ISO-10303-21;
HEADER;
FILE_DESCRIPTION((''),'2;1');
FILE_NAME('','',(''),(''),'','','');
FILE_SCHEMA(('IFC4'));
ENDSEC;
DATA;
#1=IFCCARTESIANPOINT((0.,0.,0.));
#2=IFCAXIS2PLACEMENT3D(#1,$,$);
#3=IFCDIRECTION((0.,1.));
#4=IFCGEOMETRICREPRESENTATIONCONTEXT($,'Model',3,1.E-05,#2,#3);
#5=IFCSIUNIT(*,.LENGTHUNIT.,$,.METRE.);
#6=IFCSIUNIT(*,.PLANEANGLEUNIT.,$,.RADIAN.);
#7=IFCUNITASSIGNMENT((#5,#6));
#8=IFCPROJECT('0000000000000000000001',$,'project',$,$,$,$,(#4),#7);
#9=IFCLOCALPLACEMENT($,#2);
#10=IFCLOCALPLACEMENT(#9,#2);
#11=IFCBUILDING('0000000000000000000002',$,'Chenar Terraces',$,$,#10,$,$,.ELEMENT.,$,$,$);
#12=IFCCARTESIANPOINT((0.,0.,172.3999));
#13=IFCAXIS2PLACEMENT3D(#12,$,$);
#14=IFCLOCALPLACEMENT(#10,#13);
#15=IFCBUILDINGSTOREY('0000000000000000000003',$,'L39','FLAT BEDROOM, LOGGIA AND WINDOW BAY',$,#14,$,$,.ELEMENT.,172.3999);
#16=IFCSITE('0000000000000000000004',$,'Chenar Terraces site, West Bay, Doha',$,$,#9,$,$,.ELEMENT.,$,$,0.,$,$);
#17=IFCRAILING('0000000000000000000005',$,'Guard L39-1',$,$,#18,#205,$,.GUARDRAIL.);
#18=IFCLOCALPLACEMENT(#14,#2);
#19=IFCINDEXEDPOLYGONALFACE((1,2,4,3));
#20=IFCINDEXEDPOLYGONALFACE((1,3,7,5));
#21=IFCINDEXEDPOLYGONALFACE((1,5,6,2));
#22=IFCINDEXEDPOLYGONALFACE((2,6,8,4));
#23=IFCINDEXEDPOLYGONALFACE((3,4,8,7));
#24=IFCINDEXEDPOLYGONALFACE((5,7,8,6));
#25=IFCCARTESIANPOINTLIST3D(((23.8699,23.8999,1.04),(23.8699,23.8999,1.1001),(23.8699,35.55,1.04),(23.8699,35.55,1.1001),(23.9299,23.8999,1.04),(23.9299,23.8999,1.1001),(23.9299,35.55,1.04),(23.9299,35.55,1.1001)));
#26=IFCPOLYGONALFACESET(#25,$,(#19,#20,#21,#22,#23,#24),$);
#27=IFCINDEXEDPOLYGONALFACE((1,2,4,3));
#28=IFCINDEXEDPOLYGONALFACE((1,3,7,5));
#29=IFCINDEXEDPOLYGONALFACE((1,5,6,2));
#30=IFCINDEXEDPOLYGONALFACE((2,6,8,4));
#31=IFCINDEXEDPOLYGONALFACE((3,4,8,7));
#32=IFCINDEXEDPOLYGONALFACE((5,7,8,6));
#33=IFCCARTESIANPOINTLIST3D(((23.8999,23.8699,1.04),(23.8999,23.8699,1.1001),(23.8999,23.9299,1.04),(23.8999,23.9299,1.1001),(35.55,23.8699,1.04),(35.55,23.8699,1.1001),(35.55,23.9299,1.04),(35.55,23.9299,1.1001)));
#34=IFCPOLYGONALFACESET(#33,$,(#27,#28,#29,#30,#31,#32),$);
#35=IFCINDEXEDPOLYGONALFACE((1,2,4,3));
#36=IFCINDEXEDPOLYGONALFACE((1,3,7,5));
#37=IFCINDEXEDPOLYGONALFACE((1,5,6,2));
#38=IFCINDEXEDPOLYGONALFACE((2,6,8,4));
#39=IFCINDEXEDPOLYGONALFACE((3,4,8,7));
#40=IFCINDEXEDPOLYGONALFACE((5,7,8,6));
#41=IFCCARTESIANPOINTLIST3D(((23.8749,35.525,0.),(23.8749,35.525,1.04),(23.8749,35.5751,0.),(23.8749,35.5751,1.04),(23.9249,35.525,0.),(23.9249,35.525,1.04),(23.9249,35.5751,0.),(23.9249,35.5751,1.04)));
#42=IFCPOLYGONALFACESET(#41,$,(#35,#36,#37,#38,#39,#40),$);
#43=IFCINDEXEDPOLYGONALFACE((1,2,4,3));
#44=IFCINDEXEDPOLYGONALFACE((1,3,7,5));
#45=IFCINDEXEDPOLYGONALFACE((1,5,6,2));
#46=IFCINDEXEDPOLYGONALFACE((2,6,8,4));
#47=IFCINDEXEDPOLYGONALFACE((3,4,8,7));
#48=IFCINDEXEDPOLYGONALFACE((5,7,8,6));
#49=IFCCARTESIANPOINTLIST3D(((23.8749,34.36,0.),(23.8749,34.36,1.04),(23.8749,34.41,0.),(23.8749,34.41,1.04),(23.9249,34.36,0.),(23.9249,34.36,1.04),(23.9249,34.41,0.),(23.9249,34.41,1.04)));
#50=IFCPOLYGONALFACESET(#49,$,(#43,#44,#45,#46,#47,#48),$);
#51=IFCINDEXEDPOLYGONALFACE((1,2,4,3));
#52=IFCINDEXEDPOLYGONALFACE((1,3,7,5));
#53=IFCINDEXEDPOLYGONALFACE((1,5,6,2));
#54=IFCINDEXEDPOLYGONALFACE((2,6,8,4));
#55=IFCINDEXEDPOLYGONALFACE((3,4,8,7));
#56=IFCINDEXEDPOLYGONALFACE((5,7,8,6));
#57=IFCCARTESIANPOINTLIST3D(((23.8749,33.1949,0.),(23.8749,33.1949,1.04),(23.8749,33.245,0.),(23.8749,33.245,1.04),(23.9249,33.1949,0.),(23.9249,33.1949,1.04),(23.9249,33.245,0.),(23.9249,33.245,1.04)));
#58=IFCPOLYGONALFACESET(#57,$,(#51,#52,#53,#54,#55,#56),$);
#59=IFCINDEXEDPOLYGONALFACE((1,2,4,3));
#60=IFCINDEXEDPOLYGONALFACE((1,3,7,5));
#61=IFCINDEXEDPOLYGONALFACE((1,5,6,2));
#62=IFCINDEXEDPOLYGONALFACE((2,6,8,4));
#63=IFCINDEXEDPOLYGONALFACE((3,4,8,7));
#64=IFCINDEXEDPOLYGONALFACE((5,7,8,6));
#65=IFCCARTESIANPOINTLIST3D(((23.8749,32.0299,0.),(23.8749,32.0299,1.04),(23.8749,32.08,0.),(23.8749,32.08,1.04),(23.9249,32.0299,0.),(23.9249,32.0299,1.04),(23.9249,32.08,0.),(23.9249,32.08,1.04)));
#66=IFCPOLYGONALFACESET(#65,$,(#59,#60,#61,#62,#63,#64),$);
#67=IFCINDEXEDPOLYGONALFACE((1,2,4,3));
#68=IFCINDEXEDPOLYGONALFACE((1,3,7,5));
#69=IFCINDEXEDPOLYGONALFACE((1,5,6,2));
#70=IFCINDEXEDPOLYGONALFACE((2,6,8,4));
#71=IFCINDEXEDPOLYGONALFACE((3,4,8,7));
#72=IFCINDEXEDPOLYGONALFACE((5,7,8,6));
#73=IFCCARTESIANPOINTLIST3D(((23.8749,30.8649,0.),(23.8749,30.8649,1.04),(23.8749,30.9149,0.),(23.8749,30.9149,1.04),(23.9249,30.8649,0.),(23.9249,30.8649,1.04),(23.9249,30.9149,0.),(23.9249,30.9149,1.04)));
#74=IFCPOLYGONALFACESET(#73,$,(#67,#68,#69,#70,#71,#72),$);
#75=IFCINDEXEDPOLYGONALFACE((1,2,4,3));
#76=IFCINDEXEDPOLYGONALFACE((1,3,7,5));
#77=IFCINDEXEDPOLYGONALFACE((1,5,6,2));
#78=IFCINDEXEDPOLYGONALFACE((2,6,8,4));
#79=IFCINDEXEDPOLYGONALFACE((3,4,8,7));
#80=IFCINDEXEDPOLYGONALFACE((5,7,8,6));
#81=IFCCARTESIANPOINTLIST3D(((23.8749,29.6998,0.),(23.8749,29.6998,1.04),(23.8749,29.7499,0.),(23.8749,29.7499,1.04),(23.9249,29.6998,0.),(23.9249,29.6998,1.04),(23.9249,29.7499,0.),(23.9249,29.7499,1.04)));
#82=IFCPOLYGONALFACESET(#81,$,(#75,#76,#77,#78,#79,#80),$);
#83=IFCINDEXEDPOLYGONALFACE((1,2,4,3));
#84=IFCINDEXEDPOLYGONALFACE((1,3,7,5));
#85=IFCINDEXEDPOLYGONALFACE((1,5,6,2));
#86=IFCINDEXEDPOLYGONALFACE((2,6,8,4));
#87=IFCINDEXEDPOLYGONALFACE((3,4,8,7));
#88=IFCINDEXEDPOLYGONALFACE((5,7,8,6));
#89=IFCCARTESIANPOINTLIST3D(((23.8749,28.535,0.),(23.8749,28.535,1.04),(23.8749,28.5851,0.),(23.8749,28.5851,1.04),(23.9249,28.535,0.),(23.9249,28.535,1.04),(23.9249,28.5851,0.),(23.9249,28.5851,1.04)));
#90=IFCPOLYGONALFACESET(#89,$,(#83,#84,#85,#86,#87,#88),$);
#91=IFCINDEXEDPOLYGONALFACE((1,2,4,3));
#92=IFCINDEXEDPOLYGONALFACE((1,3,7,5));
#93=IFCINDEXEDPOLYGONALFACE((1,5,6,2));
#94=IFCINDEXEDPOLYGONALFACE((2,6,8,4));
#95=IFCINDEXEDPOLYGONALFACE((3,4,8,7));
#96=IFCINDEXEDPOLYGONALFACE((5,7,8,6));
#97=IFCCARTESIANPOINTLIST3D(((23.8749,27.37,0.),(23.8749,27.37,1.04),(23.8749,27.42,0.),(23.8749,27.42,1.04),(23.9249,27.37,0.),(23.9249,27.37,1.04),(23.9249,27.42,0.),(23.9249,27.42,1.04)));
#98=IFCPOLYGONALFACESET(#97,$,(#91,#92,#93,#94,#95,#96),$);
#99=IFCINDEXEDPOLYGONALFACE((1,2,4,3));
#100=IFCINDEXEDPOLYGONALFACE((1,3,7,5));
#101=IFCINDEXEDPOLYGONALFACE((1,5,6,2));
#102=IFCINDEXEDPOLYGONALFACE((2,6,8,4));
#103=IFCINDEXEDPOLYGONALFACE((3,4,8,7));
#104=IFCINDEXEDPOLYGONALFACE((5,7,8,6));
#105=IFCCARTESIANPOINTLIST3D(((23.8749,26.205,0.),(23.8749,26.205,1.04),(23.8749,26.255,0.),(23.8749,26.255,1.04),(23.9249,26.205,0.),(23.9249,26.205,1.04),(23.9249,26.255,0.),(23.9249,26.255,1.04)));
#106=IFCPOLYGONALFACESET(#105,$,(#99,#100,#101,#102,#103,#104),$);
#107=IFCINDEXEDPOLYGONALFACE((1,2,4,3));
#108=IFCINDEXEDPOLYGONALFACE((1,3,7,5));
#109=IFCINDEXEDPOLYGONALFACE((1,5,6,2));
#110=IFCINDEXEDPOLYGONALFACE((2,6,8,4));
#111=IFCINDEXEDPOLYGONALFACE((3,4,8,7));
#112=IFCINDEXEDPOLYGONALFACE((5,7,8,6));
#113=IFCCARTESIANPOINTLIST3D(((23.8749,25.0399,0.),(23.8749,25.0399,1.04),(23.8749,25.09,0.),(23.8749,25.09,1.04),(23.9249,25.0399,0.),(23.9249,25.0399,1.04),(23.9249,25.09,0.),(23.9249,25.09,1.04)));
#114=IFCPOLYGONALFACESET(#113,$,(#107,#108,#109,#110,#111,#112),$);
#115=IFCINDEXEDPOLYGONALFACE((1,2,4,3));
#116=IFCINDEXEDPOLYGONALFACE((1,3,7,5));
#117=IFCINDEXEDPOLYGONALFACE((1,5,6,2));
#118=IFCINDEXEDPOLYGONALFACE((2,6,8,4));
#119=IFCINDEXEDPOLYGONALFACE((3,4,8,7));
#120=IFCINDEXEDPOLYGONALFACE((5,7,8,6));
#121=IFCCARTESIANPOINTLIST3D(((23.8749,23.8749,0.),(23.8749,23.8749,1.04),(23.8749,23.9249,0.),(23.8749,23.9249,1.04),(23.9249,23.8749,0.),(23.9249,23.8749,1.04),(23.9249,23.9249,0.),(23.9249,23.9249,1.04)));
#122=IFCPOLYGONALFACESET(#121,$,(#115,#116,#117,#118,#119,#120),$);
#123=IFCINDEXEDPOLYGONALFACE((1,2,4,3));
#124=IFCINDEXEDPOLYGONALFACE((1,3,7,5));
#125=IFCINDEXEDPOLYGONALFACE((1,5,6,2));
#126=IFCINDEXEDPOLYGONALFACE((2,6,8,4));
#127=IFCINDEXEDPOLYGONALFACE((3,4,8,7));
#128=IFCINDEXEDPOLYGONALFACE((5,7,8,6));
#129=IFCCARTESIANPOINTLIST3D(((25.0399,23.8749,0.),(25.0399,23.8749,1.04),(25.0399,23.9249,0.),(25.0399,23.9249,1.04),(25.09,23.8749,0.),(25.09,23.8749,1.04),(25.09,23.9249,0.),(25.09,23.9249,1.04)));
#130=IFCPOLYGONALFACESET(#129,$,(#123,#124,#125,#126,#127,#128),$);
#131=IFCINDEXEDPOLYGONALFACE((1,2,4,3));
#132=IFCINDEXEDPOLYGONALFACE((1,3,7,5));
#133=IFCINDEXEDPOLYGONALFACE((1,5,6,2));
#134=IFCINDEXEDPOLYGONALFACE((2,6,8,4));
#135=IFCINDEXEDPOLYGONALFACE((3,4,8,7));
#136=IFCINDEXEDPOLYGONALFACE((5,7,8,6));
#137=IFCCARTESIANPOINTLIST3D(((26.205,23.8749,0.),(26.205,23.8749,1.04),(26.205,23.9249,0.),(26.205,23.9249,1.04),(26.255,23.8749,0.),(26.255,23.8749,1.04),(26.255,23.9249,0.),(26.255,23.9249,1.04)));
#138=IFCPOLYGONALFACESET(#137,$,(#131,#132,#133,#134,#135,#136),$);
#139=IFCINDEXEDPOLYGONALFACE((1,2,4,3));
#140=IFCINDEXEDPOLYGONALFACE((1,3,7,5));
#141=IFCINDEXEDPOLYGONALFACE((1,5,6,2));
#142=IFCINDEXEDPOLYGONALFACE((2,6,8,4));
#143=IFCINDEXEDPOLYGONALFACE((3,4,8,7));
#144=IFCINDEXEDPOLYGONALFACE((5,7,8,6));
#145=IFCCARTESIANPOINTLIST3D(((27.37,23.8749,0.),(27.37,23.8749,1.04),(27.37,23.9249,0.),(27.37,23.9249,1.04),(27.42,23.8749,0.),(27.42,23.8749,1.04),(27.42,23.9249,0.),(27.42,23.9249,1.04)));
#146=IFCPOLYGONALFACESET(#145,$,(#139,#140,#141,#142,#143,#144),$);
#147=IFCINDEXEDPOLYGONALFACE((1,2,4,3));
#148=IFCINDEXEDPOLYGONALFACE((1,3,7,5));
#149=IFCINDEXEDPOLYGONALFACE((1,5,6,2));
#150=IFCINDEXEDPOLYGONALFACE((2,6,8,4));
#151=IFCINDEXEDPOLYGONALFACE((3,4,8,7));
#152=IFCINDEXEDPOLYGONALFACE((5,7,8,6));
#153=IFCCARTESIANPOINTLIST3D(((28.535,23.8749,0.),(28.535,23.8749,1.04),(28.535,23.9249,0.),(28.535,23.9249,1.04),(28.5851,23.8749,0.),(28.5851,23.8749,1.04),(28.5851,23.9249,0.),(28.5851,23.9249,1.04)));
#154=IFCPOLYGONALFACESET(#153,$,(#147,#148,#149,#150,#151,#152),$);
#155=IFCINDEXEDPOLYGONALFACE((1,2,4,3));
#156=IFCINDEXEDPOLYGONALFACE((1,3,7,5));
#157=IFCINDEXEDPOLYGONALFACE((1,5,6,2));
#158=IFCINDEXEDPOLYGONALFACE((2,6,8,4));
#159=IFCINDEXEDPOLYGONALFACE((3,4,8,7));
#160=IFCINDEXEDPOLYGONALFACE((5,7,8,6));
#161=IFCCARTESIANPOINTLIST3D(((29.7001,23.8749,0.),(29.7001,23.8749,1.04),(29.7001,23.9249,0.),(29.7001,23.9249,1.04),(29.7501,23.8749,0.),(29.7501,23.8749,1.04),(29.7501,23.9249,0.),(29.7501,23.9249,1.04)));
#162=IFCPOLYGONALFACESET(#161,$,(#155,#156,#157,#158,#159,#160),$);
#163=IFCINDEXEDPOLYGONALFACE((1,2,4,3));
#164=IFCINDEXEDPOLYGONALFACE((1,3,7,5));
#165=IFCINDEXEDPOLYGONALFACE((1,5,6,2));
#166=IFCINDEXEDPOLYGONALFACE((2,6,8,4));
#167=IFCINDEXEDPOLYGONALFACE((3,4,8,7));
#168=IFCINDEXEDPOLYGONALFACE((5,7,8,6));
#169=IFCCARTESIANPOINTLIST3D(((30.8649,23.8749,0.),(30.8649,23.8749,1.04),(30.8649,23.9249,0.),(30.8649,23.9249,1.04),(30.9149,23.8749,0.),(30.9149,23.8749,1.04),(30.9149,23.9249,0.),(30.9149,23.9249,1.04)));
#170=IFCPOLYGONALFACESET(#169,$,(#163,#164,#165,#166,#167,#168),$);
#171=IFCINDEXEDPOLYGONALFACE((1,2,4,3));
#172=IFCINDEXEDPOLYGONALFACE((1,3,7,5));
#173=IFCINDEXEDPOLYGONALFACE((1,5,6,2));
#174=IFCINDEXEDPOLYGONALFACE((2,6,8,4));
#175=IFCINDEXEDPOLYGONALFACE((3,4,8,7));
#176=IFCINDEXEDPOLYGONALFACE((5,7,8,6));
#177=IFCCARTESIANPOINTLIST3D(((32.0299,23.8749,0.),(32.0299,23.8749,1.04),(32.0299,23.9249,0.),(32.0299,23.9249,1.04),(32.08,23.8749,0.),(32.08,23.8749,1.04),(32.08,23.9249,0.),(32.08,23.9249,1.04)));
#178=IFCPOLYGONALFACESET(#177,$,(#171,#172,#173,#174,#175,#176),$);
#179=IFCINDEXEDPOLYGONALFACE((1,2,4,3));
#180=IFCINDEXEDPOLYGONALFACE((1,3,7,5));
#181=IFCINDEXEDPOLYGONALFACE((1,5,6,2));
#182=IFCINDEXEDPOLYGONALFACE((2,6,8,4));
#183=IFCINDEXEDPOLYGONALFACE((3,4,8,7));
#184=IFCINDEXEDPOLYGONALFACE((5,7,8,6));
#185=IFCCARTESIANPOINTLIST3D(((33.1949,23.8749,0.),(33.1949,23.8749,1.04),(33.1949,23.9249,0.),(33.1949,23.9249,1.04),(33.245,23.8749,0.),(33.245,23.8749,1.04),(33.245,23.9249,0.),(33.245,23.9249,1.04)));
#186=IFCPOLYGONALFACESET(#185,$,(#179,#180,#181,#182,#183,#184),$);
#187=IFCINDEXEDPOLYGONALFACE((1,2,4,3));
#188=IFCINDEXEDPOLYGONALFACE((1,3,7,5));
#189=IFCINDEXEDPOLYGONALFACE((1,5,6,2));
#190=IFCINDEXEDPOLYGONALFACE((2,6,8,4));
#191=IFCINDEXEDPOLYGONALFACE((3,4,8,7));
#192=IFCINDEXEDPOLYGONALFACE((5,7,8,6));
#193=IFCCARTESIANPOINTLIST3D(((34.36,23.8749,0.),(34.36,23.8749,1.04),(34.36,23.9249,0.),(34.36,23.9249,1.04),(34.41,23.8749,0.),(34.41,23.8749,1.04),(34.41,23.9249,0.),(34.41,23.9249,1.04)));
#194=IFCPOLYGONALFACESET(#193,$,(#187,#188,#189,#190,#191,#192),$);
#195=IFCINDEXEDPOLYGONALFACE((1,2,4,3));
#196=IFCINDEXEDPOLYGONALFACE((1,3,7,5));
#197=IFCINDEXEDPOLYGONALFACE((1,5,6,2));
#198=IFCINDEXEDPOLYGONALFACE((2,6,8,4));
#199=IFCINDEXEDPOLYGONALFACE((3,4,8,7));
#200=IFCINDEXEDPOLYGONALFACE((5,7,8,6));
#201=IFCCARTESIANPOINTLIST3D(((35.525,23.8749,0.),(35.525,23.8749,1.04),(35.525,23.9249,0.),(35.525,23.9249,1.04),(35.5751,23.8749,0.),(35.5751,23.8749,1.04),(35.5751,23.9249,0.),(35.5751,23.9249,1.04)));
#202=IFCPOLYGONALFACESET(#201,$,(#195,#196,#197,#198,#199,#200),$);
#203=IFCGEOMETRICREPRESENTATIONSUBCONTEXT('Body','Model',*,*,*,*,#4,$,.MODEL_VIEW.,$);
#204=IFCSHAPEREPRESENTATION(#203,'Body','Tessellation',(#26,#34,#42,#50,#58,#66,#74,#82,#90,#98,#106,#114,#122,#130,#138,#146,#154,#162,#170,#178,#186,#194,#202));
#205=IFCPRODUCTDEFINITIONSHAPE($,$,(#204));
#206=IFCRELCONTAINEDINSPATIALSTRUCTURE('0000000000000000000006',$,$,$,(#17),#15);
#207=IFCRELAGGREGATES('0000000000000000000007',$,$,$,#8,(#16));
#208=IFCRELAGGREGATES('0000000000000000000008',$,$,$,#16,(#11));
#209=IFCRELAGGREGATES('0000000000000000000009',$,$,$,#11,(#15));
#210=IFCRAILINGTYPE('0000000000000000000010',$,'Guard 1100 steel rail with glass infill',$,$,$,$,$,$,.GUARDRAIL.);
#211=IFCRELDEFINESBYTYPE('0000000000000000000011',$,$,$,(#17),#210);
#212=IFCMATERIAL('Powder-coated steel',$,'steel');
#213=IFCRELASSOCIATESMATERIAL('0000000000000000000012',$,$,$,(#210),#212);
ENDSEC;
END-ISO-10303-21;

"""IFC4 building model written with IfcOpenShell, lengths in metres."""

from ifc_helpers import new_model, si_unit, direction, frame, origin, origin_2d, place, context, subcontext, project, spatial, rectangle, extrude, material, type_object, element, save


model = new_model("IFC4")

# Units and contexts
model_context = context("Model", 3, precision=1e-05, world=origin(), true_north=direction((0.0, 1.0)))
body_context = subcontext(model_context, "Body", "Model", "MODEL_VIEW")
ifc_project = project(units=[si_unit("LENGTHUNIT", "METRE"), si_unit("PLANEANGLEUNIT", "RADIAN")], contexts=[model_context])

# Site, building, storey
site_placement = place(None, origin())
site = spatial("IfcSite", under=ifc_project, at=site_placement, Name="Chenar Terraces site, West Bay, Doha", CompositionType="ELEMENT", RefElevation=0.0)
building_placement = place(site_placement, origin())
building = spatial("IfcBuilding", under=site, at=building_placement, Name="Chenar Terraces", CompositionType="ELEMENT")
storey_placement = place(building_placement, frame((0.0, 0.0, 172.3999)))
storey = spatial("IfcBuildingStorey", under=building, at=storey_placement, Name="L39", Description="FLAT BEDROOM, LOGGIA AND WINDOW BAY", CompositionType="ELEMENT", Elevation=172.3999)

# Railing
ifc_material_1 = material(Name="Powder-coated steel", Category="steel")
railing_type = type_object("IfcRailingType", Name="Guard 1100 steel rail with glass infill", PredefinedType="GUARDRAIL", material=ifc_material_1)
railing_placement = place(storey_placement, frame((23.8999, 35.55, 0.0)))
element("IfcRailing", 1, at=railing_placement, inside=storey, type_object=railing_type, Name="Guard L39-1", PredefinedType="GUARDRAIL", context=body_context, shape_type="SweptSolid", body=[
    extrude(rectangle(XDim=0.0601, YDim=0.0601, at=origin_2d()), frame((0.0, 0.0, 1.0701), z_axis=(0.0, -1.0, 0.0), x_axis=(1.0, 0.0, 0.0)), (0.0, 0.0, 1.0), 11.6501),
    extrude(rectangle(XDim=0.0601, YDim=0.0601, at=origin_2d()), frame((0.0, -11.6501, 1.0701), z_axis=(1.0, 0.0, 0.0), x_axis=(0.0, 1.0, 0.0)), (0.0, 0.0, 1.0), 11.6501),
    extrude(rectangle(XDim=0.05, YDim=0.05, at=origin_2d()), origin(), (0.0, 0.0, 1.0), 1.04),
    extrude(rectangle(XDim=0.05, YDim=0.05, at=origin_2d()), frame((0.0, -1.165, 0.0)), (0.0, 0.0, 1.0), 1.04),
    extrude(rectangle(XDim=0.05, YDim=0.05, at=origin_2d()), frame((0.0, -2.3301, 0.0)), (0.0, 0.0, 1.0), 1.04),
    extrude(rectangle(XDim=0.05, YDim=0.05, at=origin_2d()), frame((0.0, -3.4951, 0.0)), (0.0, 0.0, 1.0), 1.04),
    extrude(rectangle(XDim=0.05, YDim=0.05, at=origin_2d()), frame((0.0, -4.6602, 0.0)), (0.0, 0.0, 1.0), 1.04),
    extrude(rectangle(XDim=0.05, YDim=0.05, at=origin_2d()), frame((0.0, -5.8252, 0.0)), (0.0, 0.0, 1.0), 1.04),
    extrude(rectangle(XDim=0.05, YDim=0.05, at=origin_2d()), frame((0.0, -6.99, 0.0)), (0.0, 0.0, 1.0), 1.04),
    extrude(rectangle(XDim=0.05, YDim=0.05, at=origin_2d()), frame((0.0, -8.155, 0.0)), (0.0, 0.0, 1.0), 1.04),
    extrude(rectangle(XDim=0.05, YDim=0.05, at=origin_2d()), frame((0.0, -9.3201, 0.0)), (0.0, 0.0, 1.0), 1.04),
    extrude(rectangle(XDim=0.05, YDim=0.05, at=origin_2d()), frame((0.0, -10.4851, 0.0)), (0.0, 0.0, 1.0), 1.04),
    extrude(rectangle(XDim=0.05, YDim=0.05, at=origin_2d()), frame((0.0, -11.6501, 0.0)), (0.0, 0.0, 1.0), 1.04),
    extrude(rectangle(XDim=0.05, YDim=0.05, at=origin_2d()), frame((1.165, -11.6501, 0.0)), (0.0, 0.0, 1.0), 1.04),
    extrude(rectangle(XDim=0.05, YDim=0.05, at=origin_2d()), frame((2.3301, -11.6501, 0.0)), (0.0, 0.0, 1.0), 1.04),
    extrude(rectangle(XDim=0.05, YDim=0.05, at=origin_2d()), frame((3.4951, -11.6501, 0.0)), (0.0, 0.0, 1.0), 1.04),
    extrude(rectangle(XDim=0.05, YDim=0.05, at=origin_2d()), frame((4.6602, -11.6501, 0.0)), (0.0, 0.0, 1.0), 1.04),
    extrude(rectangle(XDim=0.05, YDim=0.05, at=origin_2d()), frame((5.8252, -11.6501, 0.0)), (0.0, 0.0, 1.0), 1.04),
    extrude(rectangle(XDim=0.05, YDim=0.05, at=origin_2d()), frame((6.99, -11.6501, 0.0)), (0.0, 0.0, 1.0), 1.04),
    extrude(rectangle(XDim=0.05, YDim=0.05, at=origin_2d()), frame((8.155, -11.6501, 0.0)), (0.0, 0.0, 1.0), 1.04),
    extrude(rectangle(XDim=0.05, YDim=0.05, at=origin_2d()), frame((9.3201, -11.6501, 0.0)), (0.0, 0.0, 1.0), 1.04),
    extrude(rectangle(XDim=0.05, YDim=0.05, at=origin_2d()), frame((10.4851, -11.6501, 0.0)), (0.0, 0.0, 1.0), 1.04),
    extrude(rectangle(XDim=0.05, YDim=0.05, at=origin_2d()), frame((11.6501, -11.6501, 0.0)), (0.0, 0.0, 1.0), 1.04),
])

save(model, "model.ifc")
